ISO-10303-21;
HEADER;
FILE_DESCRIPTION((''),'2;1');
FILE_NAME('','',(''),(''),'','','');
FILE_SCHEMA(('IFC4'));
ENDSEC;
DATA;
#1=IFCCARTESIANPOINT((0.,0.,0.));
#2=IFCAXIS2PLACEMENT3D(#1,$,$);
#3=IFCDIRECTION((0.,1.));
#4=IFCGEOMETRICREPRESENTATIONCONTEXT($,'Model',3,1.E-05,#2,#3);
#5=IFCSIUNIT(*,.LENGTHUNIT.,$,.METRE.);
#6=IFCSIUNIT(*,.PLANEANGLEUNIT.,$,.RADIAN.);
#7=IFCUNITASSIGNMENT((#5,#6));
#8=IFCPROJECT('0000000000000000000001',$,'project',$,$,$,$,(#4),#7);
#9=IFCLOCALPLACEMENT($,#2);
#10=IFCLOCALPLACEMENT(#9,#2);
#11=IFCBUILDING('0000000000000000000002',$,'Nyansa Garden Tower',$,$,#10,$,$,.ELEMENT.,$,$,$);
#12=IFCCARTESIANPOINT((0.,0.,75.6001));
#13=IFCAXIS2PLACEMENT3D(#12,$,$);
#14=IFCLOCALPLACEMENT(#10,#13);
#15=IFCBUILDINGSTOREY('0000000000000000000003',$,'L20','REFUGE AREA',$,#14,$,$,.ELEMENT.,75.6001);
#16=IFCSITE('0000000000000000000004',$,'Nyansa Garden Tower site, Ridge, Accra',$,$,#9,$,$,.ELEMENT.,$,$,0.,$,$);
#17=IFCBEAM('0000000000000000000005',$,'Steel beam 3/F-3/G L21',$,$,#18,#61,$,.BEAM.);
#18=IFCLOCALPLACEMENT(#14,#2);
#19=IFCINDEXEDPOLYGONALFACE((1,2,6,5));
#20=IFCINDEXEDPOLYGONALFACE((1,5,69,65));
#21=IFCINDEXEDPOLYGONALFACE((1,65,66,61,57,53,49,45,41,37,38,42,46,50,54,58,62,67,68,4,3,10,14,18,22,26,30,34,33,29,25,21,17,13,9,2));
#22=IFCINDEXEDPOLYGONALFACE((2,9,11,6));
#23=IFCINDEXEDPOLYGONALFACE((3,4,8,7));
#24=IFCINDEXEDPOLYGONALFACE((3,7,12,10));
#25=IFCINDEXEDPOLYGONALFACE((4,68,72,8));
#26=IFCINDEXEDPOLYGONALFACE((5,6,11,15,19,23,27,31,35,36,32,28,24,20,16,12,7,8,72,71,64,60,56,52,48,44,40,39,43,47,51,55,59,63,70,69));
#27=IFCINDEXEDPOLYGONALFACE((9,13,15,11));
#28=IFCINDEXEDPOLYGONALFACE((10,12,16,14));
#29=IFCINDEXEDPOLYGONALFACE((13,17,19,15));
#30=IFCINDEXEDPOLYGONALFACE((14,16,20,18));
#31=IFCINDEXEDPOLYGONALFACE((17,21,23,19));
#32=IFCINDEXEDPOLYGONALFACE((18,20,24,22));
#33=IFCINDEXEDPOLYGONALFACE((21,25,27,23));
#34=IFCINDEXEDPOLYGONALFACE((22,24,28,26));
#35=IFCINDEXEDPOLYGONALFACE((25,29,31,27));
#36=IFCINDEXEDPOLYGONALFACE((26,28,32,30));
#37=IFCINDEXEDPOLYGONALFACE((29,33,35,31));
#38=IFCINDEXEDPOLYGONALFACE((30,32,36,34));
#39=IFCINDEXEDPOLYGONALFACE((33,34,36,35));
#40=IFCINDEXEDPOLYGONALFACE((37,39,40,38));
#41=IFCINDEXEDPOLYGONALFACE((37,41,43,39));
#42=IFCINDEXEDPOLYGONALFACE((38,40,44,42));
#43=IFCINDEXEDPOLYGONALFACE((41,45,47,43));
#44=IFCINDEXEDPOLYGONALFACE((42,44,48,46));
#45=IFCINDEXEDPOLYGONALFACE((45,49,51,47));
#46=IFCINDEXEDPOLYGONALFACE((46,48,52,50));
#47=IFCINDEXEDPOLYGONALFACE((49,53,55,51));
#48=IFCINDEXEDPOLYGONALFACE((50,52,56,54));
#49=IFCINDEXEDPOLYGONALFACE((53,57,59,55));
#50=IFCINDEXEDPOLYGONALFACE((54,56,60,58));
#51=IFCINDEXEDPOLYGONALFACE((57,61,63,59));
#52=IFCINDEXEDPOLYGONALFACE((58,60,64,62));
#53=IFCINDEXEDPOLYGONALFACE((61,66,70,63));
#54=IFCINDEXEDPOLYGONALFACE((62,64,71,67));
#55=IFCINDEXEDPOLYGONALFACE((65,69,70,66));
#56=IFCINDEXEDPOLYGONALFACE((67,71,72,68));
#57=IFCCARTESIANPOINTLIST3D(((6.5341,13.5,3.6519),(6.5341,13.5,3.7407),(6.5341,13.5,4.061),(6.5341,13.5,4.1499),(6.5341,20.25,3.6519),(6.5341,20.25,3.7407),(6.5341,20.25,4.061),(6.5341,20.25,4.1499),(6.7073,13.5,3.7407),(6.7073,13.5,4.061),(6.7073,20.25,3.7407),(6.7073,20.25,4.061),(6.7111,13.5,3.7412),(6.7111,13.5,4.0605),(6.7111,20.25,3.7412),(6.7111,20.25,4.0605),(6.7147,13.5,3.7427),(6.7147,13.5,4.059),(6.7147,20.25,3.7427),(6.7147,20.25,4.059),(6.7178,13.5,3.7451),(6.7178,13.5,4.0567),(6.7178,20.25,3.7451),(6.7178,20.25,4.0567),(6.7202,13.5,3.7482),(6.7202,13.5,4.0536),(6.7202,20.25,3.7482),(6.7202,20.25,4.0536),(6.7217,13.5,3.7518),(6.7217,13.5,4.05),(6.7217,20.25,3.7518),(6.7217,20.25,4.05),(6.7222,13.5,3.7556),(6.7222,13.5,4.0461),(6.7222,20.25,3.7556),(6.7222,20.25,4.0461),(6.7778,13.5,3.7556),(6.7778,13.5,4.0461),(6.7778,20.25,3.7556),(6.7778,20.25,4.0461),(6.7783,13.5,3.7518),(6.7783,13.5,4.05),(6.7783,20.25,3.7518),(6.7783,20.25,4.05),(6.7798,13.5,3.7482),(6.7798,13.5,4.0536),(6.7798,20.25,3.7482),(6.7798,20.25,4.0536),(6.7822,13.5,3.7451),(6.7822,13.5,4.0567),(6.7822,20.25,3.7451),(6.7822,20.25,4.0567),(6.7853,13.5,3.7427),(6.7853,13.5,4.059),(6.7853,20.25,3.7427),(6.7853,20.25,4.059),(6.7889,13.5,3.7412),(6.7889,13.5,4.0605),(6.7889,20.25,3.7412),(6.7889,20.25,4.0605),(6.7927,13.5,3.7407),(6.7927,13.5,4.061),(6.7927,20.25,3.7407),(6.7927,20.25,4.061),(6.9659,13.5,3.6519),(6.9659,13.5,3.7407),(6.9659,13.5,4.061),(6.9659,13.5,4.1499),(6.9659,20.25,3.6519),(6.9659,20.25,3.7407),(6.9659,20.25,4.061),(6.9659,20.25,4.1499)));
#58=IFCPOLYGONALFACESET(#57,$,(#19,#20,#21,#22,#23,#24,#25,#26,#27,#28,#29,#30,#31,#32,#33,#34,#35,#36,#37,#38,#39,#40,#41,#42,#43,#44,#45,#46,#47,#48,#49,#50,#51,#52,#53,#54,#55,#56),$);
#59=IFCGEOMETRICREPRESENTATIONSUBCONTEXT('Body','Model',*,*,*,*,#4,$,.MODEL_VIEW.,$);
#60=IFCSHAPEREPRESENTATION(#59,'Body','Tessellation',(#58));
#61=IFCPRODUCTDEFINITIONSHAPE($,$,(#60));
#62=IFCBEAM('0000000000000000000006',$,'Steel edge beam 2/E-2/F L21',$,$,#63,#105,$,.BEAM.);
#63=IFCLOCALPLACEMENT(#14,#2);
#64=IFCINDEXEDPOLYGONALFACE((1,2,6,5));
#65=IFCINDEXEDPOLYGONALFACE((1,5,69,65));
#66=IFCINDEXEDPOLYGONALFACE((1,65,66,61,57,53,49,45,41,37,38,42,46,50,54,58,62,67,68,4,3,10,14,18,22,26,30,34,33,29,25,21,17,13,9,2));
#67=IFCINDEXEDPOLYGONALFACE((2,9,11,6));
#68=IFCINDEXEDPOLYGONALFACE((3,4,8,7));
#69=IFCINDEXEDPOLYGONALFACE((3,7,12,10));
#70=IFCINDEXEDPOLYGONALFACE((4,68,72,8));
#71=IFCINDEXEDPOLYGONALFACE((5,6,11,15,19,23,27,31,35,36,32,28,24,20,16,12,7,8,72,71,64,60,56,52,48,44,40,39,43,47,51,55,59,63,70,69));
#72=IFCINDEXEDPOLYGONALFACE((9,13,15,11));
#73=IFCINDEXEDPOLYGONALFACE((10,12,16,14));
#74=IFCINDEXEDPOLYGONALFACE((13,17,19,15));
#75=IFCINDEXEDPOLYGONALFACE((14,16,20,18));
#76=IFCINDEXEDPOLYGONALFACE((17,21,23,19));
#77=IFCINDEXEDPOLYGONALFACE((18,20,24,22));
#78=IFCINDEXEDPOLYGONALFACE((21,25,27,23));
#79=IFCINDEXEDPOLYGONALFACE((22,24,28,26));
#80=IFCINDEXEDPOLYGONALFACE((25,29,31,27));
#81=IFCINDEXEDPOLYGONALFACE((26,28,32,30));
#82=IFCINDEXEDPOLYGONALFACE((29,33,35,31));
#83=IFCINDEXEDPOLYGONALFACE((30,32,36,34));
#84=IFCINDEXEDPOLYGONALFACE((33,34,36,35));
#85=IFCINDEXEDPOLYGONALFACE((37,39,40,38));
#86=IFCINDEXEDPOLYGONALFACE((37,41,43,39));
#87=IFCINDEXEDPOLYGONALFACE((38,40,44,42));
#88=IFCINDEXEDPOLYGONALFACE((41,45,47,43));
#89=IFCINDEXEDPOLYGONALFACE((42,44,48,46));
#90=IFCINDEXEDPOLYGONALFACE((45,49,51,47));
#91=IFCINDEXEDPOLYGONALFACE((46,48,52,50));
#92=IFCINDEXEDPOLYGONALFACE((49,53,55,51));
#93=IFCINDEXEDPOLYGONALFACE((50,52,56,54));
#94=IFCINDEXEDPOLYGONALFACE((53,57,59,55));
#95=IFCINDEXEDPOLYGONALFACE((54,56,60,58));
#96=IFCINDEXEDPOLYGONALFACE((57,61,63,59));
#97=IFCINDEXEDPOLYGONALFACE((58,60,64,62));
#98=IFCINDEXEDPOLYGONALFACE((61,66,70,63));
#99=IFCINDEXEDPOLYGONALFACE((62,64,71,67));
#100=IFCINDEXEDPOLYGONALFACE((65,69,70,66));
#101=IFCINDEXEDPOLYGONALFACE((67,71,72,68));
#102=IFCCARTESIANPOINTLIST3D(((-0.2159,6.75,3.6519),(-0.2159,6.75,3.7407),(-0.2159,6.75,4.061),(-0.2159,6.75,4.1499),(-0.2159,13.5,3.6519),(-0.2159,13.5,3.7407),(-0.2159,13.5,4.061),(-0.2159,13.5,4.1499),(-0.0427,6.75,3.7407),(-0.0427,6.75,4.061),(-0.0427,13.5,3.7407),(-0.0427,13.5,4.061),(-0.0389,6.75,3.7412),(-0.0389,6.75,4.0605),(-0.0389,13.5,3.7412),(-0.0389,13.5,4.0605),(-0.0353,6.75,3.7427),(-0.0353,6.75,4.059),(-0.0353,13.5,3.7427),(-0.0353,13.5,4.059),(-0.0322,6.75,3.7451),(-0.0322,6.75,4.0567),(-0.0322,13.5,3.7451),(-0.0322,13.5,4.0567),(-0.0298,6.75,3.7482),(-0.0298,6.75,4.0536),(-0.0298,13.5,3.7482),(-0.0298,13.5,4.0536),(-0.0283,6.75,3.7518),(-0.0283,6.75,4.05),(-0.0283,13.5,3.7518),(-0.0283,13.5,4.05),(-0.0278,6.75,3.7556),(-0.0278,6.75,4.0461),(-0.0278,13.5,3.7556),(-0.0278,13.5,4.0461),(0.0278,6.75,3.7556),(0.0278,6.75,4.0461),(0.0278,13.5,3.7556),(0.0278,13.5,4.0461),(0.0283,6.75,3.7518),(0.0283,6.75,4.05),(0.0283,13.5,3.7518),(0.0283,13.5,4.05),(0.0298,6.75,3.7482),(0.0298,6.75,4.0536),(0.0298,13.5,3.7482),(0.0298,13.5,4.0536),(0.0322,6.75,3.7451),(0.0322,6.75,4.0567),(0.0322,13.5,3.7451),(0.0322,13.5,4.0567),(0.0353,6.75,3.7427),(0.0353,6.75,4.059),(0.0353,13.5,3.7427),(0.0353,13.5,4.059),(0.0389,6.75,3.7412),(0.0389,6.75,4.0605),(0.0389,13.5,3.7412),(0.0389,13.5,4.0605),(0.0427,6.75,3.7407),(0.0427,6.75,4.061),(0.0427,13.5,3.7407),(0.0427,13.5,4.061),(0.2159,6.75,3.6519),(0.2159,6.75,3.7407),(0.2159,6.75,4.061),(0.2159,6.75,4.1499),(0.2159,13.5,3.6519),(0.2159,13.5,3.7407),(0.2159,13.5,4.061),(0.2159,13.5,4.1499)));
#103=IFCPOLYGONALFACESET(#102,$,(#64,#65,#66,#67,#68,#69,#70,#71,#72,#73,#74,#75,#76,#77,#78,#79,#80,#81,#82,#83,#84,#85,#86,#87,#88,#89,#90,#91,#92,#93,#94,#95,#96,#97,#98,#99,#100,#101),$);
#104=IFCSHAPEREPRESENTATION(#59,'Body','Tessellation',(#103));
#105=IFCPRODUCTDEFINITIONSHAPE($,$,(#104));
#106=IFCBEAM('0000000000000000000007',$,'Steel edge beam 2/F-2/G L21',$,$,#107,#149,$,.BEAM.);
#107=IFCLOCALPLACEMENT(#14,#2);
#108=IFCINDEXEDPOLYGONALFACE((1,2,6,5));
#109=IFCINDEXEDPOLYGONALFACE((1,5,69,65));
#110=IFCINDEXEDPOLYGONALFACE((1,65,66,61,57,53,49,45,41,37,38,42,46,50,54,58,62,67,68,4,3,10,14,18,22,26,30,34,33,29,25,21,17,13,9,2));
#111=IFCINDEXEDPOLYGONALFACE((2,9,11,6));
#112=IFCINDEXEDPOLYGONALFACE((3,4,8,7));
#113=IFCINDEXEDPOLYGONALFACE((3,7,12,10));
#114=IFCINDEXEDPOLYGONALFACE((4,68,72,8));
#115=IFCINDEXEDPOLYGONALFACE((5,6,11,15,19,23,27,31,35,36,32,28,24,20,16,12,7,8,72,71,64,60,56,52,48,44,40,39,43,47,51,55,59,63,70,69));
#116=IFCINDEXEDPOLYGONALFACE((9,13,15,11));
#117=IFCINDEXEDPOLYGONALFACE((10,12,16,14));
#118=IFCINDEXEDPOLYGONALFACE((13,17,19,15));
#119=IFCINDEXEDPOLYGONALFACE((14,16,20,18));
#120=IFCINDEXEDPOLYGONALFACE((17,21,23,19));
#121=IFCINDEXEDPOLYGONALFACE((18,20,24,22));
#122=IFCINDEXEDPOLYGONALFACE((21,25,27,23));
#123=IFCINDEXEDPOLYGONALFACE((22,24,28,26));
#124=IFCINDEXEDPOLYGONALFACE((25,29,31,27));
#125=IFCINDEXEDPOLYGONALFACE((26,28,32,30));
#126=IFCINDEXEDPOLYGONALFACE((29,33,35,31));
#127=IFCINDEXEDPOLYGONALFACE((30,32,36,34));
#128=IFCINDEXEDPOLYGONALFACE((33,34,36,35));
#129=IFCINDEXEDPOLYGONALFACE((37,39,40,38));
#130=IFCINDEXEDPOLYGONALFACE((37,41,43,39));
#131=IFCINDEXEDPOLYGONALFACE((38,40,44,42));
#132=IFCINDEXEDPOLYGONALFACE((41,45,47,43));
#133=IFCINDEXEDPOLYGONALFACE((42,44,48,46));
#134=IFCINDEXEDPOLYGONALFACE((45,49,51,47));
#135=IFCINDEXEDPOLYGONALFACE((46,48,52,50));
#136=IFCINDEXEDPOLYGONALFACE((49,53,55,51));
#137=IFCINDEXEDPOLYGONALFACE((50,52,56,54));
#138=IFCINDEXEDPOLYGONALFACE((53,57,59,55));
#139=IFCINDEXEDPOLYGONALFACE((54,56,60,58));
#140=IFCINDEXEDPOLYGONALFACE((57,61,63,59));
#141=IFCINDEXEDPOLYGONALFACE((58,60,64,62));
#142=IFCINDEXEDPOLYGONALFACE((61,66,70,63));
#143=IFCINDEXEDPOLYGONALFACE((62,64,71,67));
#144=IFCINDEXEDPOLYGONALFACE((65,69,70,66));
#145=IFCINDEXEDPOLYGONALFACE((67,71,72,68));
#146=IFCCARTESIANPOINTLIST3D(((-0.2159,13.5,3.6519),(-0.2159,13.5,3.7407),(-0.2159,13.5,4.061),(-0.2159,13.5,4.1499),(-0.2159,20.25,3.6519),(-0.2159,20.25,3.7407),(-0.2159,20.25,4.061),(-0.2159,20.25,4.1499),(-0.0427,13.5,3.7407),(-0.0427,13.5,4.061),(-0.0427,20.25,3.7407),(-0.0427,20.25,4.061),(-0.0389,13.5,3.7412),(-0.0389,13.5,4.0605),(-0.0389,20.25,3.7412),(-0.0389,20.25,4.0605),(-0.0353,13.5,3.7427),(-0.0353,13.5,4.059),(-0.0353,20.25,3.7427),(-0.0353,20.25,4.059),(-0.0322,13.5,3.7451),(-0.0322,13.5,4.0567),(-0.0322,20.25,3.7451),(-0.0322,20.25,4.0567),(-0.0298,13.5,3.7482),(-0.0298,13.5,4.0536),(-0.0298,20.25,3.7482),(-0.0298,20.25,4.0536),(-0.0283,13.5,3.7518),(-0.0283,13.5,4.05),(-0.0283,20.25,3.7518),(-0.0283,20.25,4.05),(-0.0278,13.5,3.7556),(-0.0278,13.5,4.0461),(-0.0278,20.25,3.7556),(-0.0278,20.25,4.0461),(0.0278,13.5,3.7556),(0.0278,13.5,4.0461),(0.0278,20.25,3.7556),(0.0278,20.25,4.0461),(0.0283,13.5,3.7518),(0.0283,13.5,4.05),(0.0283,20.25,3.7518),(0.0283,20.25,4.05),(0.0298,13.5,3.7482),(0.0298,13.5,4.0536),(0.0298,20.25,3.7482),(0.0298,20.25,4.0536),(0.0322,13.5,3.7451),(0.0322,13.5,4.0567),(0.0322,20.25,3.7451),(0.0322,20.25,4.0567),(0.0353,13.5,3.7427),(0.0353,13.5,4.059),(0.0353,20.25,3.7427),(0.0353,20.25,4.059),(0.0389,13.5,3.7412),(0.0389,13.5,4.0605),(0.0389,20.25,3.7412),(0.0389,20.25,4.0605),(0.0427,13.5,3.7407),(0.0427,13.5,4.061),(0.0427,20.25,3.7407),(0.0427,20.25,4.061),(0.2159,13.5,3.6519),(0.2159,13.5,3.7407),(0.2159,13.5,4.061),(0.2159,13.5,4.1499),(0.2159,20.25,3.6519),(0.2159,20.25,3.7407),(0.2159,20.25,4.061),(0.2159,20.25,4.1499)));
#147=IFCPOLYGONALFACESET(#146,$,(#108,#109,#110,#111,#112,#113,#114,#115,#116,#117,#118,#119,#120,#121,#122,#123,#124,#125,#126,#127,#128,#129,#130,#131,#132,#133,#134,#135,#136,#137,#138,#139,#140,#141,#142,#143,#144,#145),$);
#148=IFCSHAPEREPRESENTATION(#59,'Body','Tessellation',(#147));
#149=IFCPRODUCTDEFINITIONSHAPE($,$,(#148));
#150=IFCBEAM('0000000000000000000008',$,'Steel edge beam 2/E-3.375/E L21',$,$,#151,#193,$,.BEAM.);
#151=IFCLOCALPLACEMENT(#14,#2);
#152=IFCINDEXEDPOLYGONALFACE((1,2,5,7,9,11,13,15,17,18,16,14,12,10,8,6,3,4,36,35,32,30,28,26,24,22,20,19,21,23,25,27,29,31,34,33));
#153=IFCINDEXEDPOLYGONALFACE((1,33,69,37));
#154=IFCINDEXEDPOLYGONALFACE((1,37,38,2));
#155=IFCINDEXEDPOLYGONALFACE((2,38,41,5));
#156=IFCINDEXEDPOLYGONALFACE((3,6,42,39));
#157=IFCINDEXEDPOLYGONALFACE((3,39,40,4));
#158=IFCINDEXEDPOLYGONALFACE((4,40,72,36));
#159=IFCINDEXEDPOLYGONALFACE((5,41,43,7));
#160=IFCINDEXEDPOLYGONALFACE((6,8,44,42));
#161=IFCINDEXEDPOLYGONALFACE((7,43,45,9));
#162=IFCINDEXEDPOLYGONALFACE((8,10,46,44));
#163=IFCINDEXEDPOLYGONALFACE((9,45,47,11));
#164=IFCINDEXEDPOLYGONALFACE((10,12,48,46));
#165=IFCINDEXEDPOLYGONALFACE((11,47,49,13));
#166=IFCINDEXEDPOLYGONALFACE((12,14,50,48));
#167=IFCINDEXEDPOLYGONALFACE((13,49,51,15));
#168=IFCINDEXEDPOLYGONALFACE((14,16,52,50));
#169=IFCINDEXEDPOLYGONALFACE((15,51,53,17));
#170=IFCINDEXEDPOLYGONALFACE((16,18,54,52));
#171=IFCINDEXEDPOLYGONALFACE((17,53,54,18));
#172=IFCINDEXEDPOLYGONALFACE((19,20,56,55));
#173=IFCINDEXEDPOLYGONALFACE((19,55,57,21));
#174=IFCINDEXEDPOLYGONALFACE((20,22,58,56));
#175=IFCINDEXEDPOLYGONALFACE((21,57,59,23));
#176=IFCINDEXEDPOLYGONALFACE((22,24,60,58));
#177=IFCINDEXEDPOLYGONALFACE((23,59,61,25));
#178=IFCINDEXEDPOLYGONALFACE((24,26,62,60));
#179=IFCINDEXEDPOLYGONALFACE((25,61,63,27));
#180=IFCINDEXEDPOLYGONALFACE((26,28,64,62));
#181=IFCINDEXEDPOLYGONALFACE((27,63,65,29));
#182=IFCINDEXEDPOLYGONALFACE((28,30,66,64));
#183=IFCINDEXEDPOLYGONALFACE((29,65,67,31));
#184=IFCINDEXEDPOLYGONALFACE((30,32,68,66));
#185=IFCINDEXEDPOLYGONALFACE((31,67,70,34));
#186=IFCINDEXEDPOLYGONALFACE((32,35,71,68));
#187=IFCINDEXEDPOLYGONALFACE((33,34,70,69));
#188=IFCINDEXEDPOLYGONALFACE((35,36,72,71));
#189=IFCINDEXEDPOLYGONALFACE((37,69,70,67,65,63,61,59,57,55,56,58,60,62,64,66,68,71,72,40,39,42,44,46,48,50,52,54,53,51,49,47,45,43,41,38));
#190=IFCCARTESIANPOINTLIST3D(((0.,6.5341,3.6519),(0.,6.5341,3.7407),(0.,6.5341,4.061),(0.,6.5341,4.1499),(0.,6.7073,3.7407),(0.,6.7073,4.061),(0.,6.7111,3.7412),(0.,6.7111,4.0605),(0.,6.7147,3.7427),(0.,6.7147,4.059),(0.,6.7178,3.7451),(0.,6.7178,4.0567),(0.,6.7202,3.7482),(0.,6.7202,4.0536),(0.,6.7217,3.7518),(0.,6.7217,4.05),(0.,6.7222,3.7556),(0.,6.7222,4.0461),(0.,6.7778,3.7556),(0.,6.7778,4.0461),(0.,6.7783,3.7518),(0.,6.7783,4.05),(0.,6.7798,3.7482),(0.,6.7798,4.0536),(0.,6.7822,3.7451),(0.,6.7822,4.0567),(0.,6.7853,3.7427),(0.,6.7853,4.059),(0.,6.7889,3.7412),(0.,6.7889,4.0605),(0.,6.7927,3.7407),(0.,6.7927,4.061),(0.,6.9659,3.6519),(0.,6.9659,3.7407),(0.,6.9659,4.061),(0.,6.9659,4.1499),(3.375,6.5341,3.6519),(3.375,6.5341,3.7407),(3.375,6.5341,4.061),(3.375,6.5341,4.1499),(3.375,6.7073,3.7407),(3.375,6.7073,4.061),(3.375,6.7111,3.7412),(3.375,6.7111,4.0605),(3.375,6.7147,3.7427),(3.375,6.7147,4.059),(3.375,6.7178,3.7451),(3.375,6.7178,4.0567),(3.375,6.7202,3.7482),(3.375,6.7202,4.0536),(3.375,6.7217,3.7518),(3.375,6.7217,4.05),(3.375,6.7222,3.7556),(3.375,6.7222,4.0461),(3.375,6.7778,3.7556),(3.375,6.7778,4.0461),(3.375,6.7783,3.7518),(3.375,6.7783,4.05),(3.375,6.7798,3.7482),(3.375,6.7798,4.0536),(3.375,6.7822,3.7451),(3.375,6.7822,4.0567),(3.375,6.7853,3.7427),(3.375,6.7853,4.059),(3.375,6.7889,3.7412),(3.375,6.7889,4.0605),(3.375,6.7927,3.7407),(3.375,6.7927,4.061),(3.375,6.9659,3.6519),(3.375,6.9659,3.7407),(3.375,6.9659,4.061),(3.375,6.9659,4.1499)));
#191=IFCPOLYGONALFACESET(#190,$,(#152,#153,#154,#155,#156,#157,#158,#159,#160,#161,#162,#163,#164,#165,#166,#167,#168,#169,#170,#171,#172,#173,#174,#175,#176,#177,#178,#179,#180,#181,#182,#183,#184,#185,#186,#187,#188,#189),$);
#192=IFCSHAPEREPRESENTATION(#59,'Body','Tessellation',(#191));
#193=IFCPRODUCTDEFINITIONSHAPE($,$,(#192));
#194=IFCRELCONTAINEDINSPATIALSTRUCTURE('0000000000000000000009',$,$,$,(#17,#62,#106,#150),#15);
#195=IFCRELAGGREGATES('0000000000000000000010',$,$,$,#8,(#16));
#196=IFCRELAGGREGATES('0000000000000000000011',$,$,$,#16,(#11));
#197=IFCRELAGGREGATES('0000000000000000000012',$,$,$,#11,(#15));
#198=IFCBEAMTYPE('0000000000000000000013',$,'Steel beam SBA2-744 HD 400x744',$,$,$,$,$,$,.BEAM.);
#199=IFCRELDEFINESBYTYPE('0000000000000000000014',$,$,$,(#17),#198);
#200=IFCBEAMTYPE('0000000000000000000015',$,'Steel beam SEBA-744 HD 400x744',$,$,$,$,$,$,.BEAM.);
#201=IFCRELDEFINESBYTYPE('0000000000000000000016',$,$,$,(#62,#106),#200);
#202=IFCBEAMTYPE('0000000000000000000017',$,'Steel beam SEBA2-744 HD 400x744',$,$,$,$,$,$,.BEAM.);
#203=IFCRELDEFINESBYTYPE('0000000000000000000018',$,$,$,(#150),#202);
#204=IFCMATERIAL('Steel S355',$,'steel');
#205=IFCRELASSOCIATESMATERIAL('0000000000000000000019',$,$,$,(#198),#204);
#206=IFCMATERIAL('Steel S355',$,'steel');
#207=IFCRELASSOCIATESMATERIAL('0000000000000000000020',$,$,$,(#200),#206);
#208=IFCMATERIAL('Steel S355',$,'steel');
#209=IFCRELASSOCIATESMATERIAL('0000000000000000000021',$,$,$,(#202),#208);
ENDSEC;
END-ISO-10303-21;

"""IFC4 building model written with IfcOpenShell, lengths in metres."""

from ifc_helpers import new_model, si_unit, direction, frame, origin, origin_2d, place, context, subcontext, project, spatial, i_section, extrude, material, material_profile, profile_set, type_object, element, save


model = new_model("IFC4")

# Units and contexts
model_context = context("Model", 3, precision=1e-05, world=origin(), true_north=direction((0.0, 1.0)))
body_context = subcontext(model_context, "Body", "Model", "MODEL_VIEW")
ifc_project = project(units=[si_unit("LENGTHUNIT", "METRE"), si_unit("PLANEANGLEUNIT", "RADIAN")], contexts=[model_context])

# Site, building, storey
site_placement = place(None, origin())
site = spatial("IfcSite", under=ifc_project, at=site_placement, Name="Nyansa Garden Tower site, Ridge, Accra", CompositionType="ELEMENT", RefElevation=0.0)
building_placement = place(site_placement, origin())
building = spatial("IfcBuilding", under=site, at=building_placement, Name="Nyansa Garden Tower", CompositionType="ELEMENT")
storey_placement = place(building_placement, frame((0.0, 0.0, 75.6001)))
storey = spatial("IfcBuildingStorey", under=building, at=storey_placement, Name="L20", Description="REFUGE AREA", CompositionType="ELEMENT", Elevation=75.6001)

# Beams
ifc_material_1 = material(Name="Steel S355", Category="steel")
ifc_material_profile_1 = material_profile(ifc_material_1, i_section(OverallWidth=0.4319, OverallDepth=0.498, WebThickness=0.0557, FlangeThickness=0.0889, FilletRadius=0.0149, at=origin_2d()), Name="HD 400x744")
ifc_profile_set_1 = profile_set([ifc_material_profile_1], Name="Steel S355")
beam_type_1 = type_object("IfcBeamType", Name="Steel beam SBA2-744 HD 400x744", PredefinedType="BEAM", material=ifc_profile_set_1)
for number, where, z_axis, x_axis, name in (
    (1, (6.75, 13.5, 3.9009), (0.0, 1.0, 0.0), (-1.0, 0.0, 0.0), "Steel beam 3/F-3/G L21"),
):
    element("IfcBeam", number, at=place(storey_placement, frame(where, z_axis=z_axis, x_axis=x_axis)), inside=storey, type_object=beam_type_1, Name=name, PredefinedType="BEAM", context=body_context, shape_type="SweptSolid", body=[
        extrude(i_section(OverallWidth=0.4319, OverallDepth=0.498, WebThickness=0.0557, FlangeThickness=0.0889, FilletRadius=0.0149, at=origin_2d()), origin(), (0.0, 0.0, 1.0), 6.75),
    ])
ifc_material_2 = material(Name="Steel S355", Category="steel")
ifc_material_profile_2 = material_profile(ifc_material_2, i_section(OverallWidth=0.4319, OverallDepth=0.498, WebThickness=0.0557, FlangeThickness=0.0889, FilletRadius=0.0149, at=origin_2d()), Name="HD 400x744")
ifc_profile_set_2 = profile_set([ifc_material_profile_2], Name="Steel S355")
beam_type_2 = type_object("IfcBeamType", Name="Steel beam SEBA-744 HD 400x744", PredefinedType="BEAM", material=ifc_profile_set_2)
for number, where, z_axis, x_axis, name in (
    (2, (0.0, 6.75, 3.9009), (0.0, 1.0, 0.0), (-1.0, 0.0, 0.0), "Steel edge beam 2/E-2/F L21"),
    (3, (0.0, 13.5, 3.9009), (0.0, 1.0, 0.0), (-1.0, 0.0, 0.0), "Steel edge beam 2/F-2/G L21"),
):
    element("IfcBeam", number, at=place(storey_placement, frame(where, z_axis=z_axis, x_axis=x_axis)), inside=storey, type_object=beam_type_2, Name=name, PredefinedType="BEAM", context=body_context, shape_type="SweptSolid", body=[
        extrude(i_section(OverallWidth=0.4319, OverallDepth=0.498, WebThickness=0.0557, FlangeThickness=0.0889, FilletRadius=0.0149, at=origin_2d()), origin(), (0.0, 0.0, 1.0), 6.75),
    ])
ifc_material_3 = material(Name="Steel S355", Category="steel")
ifc_material_profile_3 = material_profile(ifc_material_3, i_section(OverallWidth=0.4319, OverallDepth=0.498, WebThickness=0.0557, FlangeThickness=0.0889, FilletRadius=0.0149, at=origin_2d()), Name="HD 400x744")
ifc_profile_set_3 = profile_set([ifc_material_profile_3], Name="Steel S355")
beam_type_3 = type_object("IfcBeamType", Name="Steel beam SEBA2-744 HD 400x744", PredefinedType="BEAM", material=ifc_profile_set_3)
beam_1_placement = place(storey_placement, frame((0.0, 6.75, 3.9009), z_axis=(1.0, 0.0, 0.0), x_axis=(0.0, 1.0, 0.0)))
element("IfcBeam", 4, at=beam_1_placement, inside=storey, type_object=beam_type_3, Name="Steel edge beam 2/E-3.375/E L21", PredefinedType="BEAM", context=body_context, shape_type="SweptSolid", body=[
    extrude(i_section(OverallWidth=0.4319, OverallDepth=0.498, WebThickness=0.0557, FlangeThickness=0.0889, FilletRadius=0.0149, at=origin_2d()), origin(), (0.0, 0.0, 1.0), 3.375),
])

save(model, "model.ifc")
